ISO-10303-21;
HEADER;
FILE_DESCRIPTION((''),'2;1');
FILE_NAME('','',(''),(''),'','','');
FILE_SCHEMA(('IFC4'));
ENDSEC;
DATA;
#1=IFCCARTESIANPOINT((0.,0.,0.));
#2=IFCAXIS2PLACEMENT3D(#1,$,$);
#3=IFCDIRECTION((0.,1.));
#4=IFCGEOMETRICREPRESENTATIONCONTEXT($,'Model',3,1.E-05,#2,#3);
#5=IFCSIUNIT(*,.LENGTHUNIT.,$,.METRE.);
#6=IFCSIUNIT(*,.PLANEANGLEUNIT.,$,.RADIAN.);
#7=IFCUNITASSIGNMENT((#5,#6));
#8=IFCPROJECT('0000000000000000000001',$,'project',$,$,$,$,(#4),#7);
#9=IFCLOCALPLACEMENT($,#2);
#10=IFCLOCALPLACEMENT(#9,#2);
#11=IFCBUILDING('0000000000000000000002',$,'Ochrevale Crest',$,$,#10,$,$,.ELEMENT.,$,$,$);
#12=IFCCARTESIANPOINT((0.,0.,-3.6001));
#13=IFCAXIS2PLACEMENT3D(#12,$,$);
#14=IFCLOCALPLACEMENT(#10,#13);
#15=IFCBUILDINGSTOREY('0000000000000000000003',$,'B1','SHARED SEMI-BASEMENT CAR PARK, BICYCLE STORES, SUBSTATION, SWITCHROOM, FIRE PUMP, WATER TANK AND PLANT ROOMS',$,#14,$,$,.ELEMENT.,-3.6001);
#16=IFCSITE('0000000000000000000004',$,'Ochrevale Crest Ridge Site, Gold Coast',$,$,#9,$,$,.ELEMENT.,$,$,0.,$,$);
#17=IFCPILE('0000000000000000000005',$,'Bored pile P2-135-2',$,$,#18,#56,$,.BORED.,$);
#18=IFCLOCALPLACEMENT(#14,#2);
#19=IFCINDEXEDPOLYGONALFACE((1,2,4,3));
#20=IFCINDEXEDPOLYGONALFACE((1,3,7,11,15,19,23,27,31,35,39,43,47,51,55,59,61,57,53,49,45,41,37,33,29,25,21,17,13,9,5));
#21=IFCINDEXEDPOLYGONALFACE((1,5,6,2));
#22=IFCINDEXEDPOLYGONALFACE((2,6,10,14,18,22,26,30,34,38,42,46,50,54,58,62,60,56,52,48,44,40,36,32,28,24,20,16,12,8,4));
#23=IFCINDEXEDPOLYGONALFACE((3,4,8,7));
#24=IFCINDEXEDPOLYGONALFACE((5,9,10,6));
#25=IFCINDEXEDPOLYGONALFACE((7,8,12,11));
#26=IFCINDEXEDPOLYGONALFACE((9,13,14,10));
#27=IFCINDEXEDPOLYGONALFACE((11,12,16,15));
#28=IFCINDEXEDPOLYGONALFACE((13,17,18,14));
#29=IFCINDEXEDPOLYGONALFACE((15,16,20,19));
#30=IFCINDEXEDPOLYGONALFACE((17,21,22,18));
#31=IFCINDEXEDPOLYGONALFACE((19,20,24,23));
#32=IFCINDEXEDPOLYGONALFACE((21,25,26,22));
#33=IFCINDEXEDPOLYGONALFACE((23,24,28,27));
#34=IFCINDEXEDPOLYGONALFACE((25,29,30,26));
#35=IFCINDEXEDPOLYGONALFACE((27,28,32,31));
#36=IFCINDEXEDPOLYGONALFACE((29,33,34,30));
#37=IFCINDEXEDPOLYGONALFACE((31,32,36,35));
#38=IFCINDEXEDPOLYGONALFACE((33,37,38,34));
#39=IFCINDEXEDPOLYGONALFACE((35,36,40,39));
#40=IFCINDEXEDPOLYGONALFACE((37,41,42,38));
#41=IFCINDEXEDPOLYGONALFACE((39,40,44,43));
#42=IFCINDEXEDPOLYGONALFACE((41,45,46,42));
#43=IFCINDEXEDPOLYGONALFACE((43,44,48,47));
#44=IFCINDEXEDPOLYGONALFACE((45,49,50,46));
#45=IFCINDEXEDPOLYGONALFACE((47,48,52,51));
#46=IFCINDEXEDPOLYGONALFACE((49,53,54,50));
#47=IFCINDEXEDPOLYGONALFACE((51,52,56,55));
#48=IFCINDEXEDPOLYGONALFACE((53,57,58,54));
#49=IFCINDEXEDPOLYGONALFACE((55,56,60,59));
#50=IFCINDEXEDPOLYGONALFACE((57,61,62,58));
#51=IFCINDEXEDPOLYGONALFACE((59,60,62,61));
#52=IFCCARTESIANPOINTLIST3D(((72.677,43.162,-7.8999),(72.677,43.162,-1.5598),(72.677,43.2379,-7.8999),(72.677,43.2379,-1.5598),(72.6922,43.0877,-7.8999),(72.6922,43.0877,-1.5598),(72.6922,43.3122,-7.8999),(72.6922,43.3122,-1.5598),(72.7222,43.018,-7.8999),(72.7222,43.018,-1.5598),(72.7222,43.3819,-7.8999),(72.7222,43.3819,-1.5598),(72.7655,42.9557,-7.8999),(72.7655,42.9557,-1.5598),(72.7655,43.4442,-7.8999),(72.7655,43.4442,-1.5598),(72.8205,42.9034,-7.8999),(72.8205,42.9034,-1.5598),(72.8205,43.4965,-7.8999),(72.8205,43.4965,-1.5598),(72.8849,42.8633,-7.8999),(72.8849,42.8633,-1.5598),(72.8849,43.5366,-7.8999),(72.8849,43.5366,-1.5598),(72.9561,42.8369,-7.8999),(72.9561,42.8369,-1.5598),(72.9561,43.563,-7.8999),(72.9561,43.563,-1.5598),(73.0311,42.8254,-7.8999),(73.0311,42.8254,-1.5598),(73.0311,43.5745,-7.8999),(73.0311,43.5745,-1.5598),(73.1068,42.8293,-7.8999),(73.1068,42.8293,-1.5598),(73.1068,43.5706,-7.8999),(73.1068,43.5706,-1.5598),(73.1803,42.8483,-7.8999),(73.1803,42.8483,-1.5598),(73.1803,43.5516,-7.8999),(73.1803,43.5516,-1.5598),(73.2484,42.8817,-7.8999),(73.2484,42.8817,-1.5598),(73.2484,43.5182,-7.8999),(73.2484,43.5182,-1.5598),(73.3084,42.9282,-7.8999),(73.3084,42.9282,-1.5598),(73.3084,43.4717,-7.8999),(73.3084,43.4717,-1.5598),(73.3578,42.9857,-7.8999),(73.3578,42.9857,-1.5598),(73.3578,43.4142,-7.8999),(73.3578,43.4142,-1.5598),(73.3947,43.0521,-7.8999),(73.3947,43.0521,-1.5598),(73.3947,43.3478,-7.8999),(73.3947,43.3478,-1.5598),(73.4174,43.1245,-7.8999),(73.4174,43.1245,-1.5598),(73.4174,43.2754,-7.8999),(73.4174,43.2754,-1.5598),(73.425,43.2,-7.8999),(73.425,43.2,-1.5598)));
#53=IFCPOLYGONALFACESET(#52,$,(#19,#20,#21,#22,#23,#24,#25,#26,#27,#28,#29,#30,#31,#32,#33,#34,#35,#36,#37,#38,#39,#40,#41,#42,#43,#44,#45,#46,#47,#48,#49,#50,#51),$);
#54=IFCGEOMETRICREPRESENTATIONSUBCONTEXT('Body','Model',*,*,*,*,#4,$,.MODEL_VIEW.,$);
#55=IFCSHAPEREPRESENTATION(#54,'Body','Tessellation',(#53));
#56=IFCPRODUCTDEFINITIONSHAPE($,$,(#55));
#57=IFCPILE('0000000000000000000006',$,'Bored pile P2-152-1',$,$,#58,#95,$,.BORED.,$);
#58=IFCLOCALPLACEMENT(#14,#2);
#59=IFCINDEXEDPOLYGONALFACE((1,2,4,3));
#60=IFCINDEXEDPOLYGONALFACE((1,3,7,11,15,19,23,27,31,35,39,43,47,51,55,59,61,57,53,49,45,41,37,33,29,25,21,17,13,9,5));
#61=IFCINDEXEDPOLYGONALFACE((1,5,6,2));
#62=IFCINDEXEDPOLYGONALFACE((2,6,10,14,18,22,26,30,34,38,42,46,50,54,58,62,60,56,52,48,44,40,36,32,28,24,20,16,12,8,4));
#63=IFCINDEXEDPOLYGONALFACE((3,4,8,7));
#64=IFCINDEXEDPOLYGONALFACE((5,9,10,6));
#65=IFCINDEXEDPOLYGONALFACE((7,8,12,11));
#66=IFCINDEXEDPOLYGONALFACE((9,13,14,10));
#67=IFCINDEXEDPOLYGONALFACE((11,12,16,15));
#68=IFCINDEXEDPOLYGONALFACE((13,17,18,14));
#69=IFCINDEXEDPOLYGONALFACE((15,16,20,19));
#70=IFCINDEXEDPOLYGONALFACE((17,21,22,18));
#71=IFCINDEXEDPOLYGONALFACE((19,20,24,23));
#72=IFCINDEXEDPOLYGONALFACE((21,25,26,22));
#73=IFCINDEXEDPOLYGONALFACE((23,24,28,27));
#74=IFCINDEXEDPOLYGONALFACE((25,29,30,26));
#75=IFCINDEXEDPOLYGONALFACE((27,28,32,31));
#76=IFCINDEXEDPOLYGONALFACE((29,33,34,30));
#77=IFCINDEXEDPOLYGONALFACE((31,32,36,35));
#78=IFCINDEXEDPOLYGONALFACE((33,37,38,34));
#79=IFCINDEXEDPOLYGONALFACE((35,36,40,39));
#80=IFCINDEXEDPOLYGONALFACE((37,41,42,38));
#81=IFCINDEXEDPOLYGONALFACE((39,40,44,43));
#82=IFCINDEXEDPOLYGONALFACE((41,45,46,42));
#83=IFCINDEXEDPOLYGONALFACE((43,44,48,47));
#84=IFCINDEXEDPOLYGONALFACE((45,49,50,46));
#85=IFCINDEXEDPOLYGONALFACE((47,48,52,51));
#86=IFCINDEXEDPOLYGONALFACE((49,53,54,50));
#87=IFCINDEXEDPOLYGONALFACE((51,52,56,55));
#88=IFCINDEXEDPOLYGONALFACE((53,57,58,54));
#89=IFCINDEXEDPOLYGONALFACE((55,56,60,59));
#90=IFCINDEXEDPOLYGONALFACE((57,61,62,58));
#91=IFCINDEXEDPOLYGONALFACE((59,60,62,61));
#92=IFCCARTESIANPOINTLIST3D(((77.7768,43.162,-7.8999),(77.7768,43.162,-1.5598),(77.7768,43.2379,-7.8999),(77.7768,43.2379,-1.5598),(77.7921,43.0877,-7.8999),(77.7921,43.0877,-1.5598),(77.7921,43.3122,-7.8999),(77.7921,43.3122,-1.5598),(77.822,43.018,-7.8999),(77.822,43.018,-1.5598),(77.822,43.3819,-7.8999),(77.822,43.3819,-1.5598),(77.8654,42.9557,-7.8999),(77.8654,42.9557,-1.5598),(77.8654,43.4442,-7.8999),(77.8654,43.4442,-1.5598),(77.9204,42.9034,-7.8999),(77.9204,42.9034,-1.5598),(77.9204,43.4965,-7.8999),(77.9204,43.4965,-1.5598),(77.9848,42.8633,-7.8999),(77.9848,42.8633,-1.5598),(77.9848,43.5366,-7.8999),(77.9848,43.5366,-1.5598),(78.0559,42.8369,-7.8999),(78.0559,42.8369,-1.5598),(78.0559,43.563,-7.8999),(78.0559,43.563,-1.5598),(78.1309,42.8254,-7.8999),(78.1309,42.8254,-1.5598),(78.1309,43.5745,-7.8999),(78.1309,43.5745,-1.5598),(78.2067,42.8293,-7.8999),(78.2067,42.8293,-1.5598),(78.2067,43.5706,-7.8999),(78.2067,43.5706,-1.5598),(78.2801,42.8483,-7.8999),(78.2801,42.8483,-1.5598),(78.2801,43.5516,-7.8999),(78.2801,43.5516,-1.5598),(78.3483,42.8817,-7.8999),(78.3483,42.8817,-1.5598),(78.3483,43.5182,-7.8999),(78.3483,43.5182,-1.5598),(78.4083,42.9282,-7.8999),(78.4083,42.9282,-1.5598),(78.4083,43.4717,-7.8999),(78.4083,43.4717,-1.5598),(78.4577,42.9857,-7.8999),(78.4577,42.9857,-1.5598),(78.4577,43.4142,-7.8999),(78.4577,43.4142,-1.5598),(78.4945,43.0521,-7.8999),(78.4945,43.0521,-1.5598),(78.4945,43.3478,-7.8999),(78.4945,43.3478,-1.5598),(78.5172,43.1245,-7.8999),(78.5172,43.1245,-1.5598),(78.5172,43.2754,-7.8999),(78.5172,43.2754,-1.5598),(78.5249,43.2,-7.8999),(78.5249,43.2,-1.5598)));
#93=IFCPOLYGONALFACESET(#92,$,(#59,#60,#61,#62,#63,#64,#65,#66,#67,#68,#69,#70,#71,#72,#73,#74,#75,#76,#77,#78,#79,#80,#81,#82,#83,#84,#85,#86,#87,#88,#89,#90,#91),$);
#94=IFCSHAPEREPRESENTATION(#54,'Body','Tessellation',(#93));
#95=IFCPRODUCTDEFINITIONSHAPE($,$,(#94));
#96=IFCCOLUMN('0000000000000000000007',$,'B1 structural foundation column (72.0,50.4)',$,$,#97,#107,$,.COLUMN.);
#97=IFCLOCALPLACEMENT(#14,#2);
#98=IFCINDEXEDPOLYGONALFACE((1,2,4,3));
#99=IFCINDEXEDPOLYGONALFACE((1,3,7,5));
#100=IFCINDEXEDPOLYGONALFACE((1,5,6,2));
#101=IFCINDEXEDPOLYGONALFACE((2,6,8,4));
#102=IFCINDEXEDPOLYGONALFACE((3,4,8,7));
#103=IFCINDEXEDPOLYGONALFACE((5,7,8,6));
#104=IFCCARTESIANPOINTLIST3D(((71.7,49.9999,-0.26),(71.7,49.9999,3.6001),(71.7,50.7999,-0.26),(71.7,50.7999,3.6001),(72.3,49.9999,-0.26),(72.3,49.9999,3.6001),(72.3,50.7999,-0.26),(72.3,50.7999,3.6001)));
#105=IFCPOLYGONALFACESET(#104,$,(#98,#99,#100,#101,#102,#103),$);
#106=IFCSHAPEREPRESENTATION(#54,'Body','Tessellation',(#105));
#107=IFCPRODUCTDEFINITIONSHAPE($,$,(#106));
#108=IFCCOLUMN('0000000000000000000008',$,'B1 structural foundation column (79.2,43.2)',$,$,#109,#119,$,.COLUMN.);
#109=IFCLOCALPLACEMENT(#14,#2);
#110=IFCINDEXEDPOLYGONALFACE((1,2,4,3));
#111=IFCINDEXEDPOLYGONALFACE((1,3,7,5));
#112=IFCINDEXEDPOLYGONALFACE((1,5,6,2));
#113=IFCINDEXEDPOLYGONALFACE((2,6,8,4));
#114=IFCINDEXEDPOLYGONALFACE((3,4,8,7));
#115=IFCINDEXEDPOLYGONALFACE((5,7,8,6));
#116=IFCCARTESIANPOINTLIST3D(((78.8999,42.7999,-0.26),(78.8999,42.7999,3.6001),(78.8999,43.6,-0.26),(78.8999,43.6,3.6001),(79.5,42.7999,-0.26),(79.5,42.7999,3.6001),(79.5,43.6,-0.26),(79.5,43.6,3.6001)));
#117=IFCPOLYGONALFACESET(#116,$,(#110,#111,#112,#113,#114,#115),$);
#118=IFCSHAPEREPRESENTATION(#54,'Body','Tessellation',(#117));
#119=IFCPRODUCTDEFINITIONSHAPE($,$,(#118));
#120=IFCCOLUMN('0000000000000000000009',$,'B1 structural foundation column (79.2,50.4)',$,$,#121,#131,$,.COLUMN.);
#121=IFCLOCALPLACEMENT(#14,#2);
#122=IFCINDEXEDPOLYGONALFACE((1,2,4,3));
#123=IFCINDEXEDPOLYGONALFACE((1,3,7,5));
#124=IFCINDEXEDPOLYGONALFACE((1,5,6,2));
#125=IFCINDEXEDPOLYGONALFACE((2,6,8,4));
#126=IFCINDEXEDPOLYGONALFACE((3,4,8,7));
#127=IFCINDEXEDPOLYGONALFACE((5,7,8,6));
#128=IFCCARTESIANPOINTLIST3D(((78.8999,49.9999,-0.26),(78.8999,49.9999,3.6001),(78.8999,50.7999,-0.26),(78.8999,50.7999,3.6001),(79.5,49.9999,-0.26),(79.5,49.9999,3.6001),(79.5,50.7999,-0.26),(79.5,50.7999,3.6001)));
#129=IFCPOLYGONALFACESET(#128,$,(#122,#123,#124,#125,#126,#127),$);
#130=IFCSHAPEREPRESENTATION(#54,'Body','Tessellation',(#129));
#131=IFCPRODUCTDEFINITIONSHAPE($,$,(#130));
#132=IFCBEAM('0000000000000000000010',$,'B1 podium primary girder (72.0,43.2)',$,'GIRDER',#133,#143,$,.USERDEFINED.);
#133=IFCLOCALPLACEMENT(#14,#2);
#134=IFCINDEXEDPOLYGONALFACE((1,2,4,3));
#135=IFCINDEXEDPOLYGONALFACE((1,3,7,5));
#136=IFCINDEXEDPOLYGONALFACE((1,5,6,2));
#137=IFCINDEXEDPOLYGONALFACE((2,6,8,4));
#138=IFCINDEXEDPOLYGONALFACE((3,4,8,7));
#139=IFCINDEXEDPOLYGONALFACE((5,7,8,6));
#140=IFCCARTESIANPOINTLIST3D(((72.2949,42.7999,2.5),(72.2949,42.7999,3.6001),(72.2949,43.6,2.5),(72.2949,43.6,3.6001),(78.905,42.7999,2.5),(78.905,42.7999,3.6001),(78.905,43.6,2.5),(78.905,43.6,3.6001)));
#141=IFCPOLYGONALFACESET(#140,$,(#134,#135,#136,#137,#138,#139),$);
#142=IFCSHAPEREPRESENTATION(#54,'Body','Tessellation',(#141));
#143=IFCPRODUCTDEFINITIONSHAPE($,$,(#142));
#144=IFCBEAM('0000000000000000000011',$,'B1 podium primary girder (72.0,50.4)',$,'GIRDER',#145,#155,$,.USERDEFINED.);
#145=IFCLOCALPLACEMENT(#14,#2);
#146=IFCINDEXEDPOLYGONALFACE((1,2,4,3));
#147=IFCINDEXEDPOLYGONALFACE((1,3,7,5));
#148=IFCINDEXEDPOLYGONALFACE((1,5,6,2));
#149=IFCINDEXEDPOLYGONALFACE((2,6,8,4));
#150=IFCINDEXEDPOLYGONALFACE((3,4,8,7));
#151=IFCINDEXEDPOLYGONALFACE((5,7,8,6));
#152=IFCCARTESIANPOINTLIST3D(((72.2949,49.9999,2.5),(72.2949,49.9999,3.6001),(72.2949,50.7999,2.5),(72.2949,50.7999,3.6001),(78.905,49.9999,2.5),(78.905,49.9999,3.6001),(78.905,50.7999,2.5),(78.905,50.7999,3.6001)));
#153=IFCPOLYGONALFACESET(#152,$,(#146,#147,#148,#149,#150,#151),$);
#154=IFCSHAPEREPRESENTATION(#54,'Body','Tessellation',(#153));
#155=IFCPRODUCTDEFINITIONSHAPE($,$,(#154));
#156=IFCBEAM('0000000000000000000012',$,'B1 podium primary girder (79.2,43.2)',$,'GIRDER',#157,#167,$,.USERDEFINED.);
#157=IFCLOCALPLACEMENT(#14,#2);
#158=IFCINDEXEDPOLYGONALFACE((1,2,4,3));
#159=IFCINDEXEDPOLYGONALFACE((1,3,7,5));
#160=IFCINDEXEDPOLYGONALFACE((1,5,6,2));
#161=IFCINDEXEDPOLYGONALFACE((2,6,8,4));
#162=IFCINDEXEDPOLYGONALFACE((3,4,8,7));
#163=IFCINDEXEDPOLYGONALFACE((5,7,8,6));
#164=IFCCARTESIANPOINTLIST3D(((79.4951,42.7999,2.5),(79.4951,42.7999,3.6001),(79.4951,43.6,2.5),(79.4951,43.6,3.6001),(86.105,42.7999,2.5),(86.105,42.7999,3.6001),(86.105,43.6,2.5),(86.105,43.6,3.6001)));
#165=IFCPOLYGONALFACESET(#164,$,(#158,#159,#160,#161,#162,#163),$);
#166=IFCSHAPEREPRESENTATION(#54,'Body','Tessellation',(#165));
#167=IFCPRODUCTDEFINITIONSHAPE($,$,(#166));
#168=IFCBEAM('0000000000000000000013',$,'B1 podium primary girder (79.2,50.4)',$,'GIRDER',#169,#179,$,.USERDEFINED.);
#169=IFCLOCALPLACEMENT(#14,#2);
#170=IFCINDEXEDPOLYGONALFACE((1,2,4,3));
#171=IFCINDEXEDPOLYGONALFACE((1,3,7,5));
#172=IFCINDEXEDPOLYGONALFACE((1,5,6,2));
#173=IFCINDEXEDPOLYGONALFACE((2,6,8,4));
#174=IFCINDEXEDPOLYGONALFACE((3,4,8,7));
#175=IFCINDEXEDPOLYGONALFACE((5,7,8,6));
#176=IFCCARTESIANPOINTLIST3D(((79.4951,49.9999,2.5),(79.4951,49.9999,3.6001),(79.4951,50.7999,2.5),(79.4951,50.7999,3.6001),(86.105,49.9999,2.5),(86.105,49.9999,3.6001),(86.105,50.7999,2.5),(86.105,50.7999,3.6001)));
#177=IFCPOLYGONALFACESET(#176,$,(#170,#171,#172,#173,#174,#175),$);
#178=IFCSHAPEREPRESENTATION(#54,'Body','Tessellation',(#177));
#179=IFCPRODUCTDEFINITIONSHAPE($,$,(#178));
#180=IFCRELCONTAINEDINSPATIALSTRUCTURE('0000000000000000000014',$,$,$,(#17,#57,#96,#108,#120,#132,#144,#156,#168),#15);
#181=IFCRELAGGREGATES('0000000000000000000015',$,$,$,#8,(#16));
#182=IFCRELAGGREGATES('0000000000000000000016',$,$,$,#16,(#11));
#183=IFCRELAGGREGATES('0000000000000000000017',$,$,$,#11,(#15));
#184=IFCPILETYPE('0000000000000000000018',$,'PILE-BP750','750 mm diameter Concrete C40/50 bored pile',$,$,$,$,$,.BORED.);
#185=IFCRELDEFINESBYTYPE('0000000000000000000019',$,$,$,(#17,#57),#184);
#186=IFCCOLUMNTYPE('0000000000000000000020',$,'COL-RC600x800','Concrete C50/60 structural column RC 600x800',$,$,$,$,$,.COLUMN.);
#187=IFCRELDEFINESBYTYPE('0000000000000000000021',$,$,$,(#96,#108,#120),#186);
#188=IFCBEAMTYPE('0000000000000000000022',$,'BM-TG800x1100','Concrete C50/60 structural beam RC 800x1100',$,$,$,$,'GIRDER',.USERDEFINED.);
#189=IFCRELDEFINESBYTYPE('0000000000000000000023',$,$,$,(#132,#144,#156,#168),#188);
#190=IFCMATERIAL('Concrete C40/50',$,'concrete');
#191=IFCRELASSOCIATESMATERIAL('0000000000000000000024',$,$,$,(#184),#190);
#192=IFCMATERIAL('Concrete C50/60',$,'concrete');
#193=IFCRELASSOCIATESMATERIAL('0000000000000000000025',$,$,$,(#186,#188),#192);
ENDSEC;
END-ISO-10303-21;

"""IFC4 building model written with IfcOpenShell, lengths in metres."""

from ifc_helpers import new_model, si_unit, direction, frame, origin, origin_2d, place, context, subcontext, project, spatial, rectangle, circle, extrude, material, material_profile, profile_set, type_object, element, save


model = new_model("IFC4")

# Units and contexts
model_context = context("Model", 3, precision=1e-05, world=origin(), true_north=direction((0.0, 1.0)))
body_context = subcontext(model_context, "Body", "Model", "MODEL_VIEW")
ifc_project = project(units=[si_unit("LENGTHUNIT", "METRE"), si_unit("PLANEANGLEUNIT", "RADIAN")], contexts=[model_context])

# Site, building, storey
site_placement = place(None, origin())
site = spatial("IfcSite", under=ifc_project, at=site_placement, Name="Ochrevale Crest Ridge Site, Gold Coast", CompositionType="ELEMENT", RefElevation=0.0)
building_placement = place(site_placement, origin())
building = spatial("IfcBuilding", under=site, at=building_placement, Name="Ochrevale Crest", CompositionType="ELEMENT")
storey_placement = place(building_placement, frame((0.0, 0.0, -3.6001)))
storey = spatial("IfcBuildingStorey", under=building, at=storey_placement, Name="B1", Description="SHARED SEMI-BASEMENT CAR PARK, BICYCLE STORES, SUBSTATION, SWITCHROOM, FIRE PUMP, WATER TANK AND PLANT ROOMS", CompositionType="ELEMENT", Elevation=-3.6001)

# Shared definitions
ifc_material_1 = material(Name="Concrete C40/50", Category="concrete")

# Piles
ifc_material_profile_1 = material_profile(ifc_material_1, circle(Radius=0.375, at=origin_2d()), Name="BORED PILE 750")
ifc_profile_set_1 = profile_set([ifc_material_profile_1], Name="Concrete C40/50")
pile_type_1 = type_object("IfcPileType", Name="PILE-BP750", Description="750 mm diameter Concrete C40/50 bored pile", PredefinedType="BORED", material=ifc_profile_set_1)
for number, where, z_axis, x_axis, name in (
    (1, (73.05, 43.2, -1.5598), (0.0, 0.0, -1.0), (1.0, 0.0, 0.0), "Bored pile P2-135-2"),
    (2, (78.1499, 43.2, -1.5598), (0.0, 0.0, -1.0), (1.0, 0.0, 0.0), "Bored pile P2-152-1"),
):
    element("IfcPile", number, at=place(storey_placement, frame(where, z_axis=z_axis, x_axis=x_axis)), inside=storey, type_object=pile_type_1, Name=name, PredefinedType="BORED", context=body_context, shape_type="SweptSolid", body=[
        extrude(circle(Radius=0.375, at=origin_2d()), origin(), (0.0, 0.0, 1.0), 6.3401),
    ])

# Columns
ifc_material_2 = material(Name="Concrete C50/60", Category="concrete")
ifc_material_profile_2 = material_profile(ifc_material_2, rectangle(XDim=0.6001, YDim=0.8, at=origin_2d()), Name="RC 600x800")
ifc_profile_set_2 = profile_set([ifc_material_profile_2], Name="Concrete C50/60")
column_type = type_object("IfcColumnType", Name="COL-RC600x800", Description="Concrete C50/60 structural column RC 600x800", PredefinedType="COLUMN", material=ifc_profile_set_2)
for number, where, z_axis, x_axis, name in (
    (3, (72.0, 50.3999, -0.26), (0.0, 0.0, 1.0), (1.0, 0.0, 0.0), "B1 structural foundation column (72.0,50.4)"),
    (4, (79.2, 43.2, -0.26), (0.0, 0.0, 1.0), (1.0, 0.0, 0.0), "B1 structural foundation column (79.2,43.2)"),
    (5, (79.2, 50.3999, -0.26), (0.0, 0.0, 1.0), (1.0, 0.0, 0.0), "B1 structural foundation column (79.2,50.4)"),
):
    element("IfcColumn", number, at=place(storey_placement, frame(where, z_axis=z_axis, x_axis=x_axis)), inside=storey, type_object=column_type, Name=name, PredefinedType="COLUMN", context=body_context, shape_type="SweptSolid", body=[
        extrude(rectangle(XDim=0.6001, YDim=0.8, at=origin_2d()), origin(), (0.0, 0.0, 1.0), 3.8601),
    ])

# Beams
ifc_material_profile_3 = material_profile(ifc_material_2, rectangle(XDim=0.8, YDim=1.1001, at=origin_2d()), Name="RC 800x1100")
ifc_profile_set_3 = profile_set([ifc_material_profile_3], Name="Concrete C50/60")
beam_type_1 = type_object("IfcBeamType", Name="BM-TG800x1100", Description="Concrete C50/60 structural beam RC 800x1100", ElementType="GIRDER", PredefinedType="USERDEFINED", material=ifc_profile_set_3)
for number, where, z_axis, x_axis, name in (
    (6, (72.2949, 43.2, 3.05), (1.0, 0.0, 0.0), (0.0, 1.0, 0.0), "B1 podium primary girder (72.0,43.2)"),
    (7, (72.2949, 50.3999, 3.05), (1.0, 0.0, 0.0), (0.0, 1.0, 0.0), "B1 podium primary girder (72.0,50.4)"),
):
    element("IfcBeam", number, at=place(storey_placement, frame(where, z_axis=z_axis, x_axis=x_axis)), inside=storey, type_object=beam_type_1, Name=name, ObjectType="GIRDER", PredefinedType="USERDEFINED", context=body_context, shape_type="SweptSolid", body=[
        extrude(rectangle(XDim=0.8, YDim=1.1001, at=origin_2d()), origin(), (0.0, 0.0, 1.0), 6.6101),
    ])
for number, where, z_axis, x_axis, name in (
    (8, (79.4951, 43.2, 3.05), (1.0, 0.0, 0.0), (0.0, 1.0, 0.0), "B1 podium primary girder (79.2,43.2)"),
    (9, (79.4951, 50.3999, 3.05), (1.0, 0.0, 0.0), (0.0, 1.0, 0.0), "B1 podium primary girder (79.2,50.4)"),
):
    element("IfcBeam", number, at=place(storey_placement, frame(where, z_axis=z_axis, x_axis=x_axis)), inside=storey, type_object=beam_type_1, Name=name, ObjectType="GIRDER", PredefinedType="USERDEFINED", context=body_context, shape_type="SweptSolid", body=[
        extrude(rectangle(XDim=0.8, YDim=1.1001, at=origin_2d()), origin(), (0.0, 0.0, 1.0), 6.6099),
    ])

save(model, "model.ifc")
